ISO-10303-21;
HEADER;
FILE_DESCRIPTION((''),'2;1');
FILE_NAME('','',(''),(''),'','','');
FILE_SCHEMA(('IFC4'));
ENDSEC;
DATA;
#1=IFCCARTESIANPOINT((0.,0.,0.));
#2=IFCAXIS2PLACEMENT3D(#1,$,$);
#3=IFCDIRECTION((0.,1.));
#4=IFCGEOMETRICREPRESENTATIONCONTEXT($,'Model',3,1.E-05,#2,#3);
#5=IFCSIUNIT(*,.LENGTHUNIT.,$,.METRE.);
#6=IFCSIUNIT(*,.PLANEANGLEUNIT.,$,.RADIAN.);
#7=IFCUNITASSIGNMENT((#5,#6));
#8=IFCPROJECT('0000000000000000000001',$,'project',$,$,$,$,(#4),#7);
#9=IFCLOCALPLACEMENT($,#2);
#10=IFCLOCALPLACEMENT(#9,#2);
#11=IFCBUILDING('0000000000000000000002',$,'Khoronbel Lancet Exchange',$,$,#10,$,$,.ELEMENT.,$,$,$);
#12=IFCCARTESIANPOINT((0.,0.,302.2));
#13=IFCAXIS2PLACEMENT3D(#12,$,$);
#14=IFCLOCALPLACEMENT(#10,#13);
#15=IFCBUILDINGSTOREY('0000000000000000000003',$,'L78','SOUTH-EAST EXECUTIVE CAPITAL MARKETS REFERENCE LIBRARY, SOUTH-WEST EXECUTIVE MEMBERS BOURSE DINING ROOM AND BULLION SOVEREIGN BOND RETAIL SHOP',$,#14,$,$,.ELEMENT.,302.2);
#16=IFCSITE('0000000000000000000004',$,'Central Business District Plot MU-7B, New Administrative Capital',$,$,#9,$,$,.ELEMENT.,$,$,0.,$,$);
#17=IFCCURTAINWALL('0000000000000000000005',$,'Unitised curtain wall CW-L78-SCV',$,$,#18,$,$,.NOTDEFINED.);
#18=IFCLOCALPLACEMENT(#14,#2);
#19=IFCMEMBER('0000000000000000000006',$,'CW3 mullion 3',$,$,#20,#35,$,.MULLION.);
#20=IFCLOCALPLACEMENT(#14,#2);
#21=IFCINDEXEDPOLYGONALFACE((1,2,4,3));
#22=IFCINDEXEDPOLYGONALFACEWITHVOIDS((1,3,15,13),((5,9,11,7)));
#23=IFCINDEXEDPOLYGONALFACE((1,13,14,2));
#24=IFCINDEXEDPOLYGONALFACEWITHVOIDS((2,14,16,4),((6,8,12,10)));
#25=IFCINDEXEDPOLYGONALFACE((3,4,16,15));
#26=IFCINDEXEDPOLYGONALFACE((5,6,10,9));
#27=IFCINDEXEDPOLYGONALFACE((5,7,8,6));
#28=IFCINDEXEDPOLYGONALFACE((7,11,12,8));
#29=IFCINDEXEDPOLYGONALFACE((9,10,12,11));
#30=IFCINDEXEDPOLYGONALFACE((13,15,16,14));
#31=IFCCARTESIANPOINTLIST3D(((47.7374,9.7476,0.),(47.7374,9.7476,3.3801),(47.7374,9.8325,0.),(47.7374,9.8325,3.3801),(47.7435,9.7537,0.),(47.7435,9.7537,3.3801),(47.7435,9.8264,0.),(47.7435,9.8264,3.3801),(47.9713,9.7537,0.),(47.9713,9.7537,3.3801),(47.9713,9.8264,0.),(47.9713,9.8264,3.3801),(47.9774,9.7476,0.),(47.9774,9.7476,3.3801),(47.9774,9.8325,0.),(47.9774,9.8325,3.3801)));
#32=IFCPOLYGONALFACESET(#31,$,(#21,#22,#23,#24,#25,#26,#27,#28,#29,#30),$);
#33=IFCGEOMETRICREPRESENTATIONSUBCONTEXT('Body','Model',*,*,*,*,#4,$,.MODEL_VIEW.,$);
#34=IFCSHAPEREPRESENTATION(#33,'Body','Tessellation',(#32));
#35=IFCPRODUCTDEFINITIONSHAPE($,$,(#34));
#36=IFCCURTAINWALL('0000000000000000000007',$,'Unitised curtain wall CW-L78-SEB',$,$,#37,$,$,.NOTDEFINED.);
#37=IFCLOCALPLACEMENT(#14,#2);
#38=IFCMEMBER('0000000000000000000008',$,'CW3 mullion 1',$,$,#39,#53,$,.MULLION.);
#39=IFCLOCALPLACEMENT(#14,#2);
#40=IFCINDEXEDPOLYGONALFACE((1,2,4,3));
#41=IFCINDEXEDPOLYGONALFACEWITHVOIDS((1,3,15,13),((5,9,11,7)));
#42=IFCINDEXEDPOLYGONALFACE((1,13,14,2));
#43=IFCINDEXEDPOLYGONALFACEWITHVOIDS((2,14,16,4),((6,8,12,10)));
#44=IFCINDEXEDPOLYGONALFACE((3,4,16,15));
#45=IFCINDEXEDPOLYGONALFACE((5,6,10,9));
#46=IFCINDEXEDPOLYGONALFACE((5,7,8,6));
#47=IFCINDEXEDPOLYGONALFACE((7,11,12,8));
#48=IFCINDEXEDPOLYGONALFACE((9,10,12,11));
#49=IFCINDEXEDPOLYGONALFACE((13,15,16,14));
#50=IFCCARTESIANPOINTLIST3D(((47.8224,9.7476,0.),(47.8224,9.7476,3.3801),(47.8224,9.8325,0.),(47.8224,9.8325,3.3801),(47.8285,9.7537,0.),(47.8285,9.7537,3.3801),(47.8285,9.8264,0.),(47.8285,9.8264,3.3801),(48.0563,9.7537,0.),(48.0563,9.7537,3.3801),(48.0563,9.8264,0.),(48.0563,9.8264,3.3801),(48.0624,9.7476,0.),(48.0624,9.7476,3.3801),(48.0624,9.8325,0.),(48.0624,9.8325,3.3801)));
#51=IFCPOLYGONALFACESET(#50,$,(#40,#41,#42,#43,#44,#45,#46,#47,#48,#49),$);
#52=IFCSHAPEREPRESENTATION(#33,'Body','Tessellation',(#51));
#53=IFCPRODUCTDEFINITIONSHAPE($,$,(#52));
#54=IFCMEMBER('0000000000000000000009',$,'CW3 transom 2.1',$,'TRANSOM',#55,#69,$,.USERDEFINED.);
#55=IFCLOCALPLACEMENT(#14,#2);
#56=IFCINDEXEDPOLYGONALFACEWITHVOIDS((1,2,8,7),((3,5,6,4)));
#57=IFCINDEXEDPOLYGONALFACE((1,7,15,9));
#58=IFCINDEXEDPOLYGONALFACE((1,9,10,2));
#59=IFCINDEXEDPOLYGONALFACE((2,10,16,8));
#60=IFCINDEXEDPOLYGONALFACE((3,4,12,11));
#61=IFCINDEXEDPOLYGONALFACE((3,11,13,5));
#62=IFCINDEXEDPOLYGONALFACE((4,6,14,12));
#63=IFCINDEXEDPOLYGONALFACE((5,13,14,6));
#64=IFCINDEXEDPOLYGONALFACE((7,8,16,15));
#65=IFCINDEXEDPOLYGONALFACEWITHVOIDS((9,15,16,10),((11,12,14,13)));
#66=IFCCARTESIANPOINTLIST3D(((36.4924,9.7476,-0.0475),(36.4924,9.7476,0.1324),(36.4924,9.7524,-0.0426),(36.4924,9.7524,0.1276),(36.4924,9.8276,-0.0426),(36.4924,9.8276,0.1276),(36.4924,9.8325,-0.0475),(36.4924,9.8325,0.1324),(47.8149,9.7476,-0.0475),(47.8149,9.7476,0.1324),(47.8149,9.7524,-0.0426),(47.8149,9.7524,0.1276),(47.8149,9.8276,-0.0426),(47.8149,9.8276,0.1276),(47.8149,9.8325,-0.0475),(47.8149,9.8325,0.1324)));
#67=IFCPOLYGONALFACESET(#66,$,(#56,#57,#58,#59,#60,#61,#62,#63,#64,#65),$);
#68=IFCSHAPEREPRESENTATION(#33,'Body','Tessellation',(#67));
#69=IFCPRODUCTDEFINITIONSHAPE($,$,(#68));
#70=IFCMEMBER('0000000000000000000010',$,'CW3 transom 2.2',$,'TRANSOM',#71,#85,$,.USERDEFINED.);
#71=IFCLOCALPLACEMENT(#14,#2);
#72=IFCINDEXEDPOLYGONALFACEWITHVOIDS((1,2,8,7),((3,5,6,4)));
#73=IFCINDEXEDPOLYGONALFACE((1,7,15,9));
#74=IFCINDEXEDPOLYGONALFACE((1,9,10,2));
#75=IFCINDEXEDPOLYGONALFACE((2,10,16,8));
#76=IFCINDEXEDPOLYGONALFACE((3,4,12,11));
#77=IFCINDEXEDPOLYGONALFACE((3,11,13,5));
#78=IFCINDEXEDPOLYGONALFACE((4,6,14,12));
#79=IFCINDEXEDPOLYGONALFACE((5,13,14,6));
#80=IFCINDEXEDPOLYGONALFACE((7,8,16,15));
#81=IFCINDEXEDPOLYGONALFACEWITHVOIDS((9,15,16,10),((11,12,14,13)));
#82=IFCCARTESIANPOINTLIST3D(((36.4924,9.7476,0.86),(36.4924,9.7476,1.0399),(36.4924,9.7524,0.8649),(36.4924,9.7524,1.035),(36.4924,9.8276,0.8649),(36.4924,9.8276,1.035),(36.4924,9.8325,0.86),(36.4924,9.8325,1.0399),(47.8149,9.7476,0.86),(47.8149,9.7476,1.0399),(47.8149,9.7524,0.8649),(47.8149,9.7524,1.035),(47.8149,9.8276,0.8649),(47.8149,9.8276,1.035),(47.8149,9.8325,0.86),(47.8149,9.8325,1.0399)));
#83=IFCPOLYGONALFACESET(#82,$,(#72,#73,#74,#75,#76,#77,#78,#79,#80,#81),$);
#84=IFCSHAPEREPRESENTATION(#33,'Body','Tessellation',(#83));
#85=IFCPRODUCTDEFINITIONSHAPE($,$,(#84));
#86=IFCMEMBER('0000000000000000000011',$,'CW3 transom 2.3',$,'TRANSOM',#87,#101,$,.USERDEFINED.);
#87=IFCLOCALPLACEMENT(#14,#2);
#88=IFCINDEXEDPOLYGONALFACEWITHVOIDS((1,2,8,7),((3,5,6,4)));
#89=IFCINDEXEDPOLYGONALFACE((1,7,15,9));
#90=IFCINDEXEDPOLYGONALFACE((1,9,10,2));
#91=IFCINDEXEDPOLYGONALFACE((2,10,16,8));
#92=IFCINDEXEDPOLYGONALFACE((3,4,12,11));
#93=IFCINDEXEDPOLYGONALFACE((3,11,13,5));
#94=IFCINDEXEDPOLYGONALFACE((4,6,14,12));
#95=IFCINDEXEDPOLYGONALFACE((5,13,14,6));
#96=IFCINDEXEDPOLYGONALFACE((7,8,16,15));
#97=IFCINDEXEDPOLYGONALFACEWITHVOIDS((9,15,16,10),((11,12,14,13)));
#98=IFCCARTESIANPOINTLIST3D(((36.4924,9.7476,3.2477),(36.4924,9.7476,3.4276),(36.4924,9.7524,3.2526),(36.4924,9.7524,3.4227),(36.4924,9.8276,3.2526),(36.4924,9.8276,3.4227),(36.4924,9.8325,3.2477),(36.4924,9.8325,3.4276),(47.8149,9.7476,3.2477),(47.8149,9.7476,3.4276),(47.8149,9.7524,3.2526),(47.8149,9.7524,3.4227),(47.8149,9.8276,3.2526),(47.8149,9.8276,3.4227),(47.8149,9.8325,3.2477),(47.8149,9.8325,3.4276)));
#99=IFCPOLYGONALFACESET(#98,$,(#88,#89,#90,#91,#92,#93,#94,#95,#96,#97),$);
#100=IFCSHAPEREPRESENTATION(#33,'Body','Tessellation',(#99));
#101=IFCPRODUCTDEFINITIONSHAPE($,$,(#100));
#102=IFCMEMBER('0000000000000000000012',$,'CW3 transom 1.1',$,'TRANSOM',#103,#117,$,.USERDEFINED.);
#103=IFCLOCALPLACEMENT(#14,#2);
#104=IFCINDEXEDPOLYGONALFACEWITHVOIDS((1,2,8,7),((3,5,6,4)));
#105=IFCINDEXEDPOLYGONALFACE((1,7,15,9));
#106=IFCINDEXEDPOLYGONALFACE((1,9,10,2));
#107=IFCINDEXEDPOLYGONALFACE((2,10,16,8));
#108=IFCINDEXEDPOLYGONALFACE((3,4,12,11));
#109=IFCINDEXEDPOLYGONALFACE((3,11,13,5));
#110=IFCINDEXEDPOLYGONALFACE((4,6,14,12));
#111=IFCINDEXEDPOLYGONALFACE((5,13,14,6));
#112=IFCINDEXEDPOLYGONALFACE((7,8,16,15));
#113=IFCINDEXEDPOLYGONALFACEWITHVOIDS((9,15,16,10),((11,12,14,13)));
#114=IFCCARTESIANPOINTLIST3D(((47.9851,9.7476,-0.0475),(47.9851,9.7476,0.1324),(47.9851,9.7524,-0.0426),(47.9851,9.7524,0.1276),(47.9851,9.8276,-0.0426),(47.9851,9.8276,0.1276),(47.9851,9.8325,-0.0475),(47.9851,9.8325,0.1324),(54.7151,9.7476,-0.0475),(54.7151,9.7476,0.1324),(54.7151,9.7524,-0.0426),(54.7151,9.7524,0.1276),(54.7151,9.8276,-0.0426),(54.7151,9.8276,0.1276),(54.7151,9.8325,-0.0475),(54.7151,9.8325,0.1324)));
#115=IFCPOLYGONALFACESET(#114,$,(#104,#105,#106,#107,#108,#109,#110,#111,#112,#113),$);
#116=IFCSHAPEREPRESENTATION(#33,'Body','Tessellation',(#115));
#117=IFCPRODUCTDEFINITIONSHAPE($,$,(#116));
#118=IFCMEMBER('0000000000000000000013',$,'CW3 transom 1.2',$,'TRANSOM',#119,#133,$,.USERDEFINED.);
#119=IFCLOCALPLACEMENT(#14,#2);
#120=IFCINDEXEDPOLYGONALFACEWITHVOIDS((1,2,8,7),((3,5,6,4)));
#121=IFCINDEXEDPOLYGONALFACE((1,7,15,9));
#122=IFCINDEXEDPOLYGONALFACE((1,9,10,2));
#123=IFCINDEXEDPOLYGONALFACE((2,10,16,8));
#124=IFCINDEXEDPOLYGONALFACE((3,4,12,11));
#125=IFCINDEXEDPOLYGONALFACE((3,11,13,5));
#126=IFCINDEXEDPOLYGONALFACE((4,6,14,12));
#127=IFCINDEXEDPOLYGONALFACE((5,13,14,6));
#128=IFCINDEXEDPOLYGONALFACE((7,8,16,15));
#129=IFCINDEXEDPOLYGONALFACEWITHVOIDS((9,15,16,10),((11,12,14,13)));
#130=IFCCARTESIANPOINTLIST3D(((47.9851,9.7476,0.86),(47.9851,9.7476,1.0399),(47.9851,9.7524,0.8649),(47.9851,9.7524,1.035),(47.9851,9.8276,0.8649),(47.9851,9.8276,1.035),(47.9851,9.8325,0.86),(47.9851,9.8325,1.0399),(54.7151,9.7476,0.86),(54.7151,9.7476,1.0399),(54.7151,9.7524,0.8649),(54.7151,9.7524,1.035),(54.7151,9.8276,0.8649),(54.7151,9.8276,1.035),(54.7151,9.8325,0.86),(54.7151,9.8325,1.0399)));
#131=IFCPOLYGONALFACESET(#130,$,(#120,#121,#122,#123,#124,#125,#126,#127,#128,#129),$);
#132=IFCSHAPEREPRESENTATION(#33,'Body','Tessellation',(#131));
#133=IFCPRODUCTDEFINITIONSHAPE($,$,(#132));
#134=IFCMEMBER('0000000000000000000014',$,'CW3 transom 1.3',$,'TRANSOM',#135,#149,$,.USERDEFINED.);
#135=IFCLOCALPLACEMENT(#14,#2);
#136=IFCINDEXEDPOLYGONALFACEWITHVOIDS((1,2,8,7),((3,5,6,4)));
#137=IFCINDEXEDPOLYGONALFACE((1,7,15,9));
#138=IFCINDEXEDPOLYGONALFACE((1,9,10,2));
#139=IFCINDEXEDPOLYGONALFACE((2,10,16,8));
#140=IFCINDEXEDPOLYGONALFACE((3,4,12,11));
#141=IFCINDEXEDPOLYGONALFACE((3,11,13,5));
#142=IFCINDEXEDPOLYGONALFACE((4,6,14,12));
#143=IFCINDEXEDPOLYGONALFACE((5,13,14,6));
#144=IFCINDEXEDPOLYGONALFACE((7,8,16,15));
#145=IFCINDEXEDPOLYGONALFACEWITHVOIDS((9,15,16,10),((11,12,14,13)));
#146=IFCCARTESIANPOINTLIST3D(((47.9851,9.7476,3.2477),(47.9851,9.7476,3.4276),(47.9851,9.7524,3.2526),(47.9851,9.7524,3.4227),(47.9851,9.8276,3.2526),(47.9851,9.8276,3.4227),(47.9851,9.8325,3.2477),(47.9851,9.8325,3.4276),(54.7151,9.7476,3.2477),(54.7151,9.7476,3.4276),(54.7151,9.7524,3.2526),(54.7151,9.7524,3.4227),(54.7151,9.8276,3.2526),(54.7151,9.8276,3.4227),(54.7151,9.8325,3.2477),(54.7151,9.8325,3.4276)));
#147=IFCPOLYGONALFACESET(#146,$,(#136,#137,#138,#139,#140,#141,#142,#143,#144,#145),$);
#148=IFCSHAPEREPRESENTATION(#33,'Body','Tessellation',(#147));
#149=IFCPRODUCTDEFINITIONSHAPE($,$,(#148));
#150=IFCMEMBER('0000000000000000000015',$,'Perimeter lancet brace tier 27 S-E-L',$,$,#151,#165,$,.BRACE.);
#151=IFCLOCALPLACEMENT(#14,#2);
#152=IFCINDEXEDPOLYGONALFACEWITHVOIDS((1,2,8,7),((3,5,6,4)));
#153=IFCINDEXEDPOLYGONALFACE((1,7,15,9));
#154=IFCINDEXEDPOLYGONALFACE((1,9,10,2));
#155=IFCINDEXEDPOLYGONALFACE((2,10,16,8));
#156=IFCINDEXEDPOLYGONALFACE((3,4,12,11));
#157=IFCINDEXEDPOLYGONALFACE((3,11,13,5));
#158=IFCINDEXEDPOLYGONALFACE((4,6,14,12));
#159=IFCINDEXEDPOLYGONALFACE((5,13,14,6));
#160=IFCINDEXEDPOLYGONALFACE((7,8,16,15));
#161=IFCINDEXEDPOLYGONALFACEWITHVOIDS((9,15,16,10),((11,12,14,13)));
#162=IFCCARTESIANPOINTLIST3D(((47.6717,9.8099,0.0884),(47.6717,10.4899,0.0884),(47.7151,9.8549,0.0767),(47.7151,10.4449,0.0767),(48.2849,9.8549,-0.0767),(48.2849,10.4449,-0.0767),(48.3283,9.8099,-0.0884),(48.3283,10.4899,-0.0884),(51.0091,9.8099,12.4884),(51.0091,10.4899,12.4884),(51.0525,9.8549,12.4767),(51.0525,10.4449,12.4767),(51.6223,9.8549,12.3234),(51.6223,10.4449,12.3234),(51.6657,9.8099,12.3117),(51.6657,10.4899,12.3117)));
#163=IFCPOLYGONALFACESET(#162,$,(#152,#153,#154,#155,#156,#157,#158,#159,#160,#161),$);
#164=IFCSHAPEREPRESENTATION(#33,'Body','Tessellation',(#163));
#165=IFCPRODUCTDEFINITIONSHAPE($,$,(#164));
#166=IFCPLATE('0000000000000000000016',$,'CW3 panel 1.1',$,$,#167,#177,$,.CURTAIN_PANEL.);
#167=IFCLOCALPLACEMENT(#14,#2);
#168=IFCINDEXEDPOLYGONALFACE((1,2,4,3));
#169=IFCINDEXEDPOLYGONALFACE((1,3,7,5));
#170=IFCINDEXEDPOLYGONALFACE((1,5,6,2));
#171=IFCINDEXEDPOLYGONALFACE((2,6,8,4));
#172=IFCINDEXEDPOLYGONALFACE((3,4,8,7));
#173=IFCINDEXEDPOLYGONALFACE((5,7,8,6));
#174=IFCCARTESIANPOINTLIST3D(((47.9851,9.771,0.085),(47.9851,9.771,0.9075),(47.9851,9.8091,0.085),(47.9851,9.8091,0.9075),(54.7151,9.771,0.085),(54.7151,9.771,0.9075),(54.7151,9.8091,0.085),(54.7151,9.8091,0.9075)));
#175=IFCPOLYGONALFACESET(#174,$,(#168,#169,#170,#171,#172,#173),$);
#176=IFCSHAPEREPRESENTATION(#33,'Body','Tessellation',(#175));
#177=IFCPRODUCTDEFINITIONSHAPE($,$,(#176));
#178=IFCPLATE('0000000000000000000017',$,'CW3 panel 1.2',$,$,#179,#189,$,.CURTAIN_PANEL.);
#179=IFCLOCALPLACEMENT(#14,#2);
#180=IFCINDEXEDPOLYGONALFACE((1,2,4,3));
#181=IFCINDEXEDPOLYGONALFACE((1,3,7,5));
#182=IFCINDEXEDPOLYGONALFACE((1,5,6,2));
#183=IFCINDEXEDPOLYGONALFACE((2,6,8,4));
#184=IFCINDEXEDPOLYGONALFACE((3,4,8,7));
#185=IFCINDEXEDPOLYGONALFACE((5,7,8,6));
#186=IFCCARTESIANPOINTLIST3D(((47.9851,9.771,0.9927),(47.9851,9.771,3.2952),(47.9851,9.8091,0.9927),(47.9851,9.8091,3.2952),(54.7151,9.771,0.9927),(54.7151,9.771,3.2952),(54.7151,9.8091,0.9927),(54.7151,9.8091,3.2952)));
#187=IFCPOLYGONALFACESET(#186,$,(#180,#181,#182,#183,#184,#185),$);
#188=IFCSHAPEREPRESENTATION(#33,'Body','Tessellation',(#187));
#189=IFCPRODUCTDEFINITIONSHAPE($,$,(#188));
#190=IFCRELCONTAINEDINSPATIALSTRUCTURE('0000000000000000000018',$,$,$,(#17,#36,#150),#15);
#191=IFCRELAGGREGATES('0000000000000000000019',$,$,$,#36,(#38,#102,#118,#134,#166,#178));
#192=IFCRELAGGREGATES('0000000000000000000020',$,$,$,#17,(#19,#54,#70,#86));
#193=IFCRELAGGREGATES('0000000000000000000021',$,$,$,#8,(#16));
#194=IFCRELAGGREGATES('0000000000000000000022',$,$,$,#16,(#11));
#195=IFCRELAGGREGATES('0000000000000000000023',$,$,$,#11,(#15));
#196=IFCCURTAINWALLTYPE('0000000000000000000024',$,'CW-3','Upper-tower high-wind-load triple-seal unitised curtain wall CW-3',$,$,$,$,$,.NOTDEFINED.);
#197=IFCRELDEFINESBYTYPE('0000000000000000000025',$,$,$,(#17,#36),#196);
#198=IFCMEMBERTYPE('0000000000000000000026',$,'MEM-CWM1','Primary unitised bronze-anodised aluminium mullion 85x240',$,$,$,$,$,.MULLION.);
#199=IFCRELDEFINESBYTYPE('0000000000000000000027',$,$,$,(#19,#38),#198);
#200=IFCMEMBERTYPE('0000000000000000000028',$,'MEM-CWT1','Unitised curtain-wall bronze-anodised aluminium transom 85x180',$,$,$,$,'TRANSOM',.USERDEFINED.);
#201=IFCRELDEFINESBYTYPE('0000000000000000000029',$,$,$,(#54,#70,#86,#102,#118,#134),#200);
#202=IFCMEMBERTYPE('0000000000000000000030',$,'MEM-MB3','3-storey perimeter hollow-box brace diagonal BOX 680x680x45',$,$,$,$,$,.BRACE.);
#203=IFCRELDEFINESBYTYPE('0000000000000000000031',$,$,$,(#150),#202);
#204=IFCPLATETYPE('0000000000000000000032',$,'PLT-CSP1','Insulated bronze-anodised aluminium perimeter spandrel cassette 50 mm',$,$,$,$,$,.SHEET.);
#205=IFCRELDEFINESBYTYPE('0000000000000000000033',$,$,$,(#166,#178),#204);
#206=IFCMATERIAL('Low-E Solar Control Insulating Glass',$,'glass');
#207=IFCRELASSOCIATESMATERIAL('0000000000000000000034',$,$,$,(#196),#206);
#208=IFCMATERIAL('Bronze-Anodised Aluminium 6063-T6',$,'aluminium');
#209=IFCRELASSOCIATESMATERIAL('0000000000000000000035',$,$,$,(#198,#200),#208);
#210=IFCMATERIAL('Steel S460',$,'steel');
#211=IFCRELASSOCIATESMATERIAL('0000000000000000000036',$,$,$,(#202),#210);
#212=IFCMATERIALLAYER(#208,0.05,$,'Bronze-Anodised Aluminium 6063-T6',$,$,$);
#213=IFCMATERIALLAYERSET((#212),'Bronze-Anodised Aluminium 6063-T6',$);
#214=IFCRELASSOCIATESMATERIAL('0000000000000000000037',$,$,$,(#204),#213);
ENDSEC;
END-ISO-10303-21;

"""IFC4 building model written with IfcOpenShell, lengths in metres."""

from ifc_helpers import new_model, si_unit, direction, frame, origin, origin_2d, place, context, subcontext, project, spatial, rectangle, hollow_rectangle, extrude, material, layer, layer_set, material_profile, profile_set, type_object, element, aggregate, save


model = new_model("IFC4")

# Units and contexts
model_context = context("Model", 3, precision=1e-05, world=origin(), true_north=direction((0.0, 1.0)))
body_context = subcontext(model_context, "Body", "Model", "MODEL_VIEW")
ifc_project = project(units=[si_unit("LENGTHUNIT", "METRE"), si_unit("PLANEANGLEUNIT", "RADIAN")], contexts=[model_context])

# Site, building, storey
site_placement = place(None, origin())
site = spatial("IfcSite", under=ifc_project, at=site_placement, Name="Central Business District Plot MU-7B, New Administrative Capital", CompositionType="ELEMENT", RefElevation=0.0)
building_placement = place(site_placement, origin())
building = spatial("IfcBuilding", under=site, at=building_placement, Name="Khoronbel Lancet Exchange", CompositionType="ELEMENT")
storey_placement = place(building_placement, frame((0.0, 0.0, 302.2)))
storey = spatial("IfcBuildingStorey", under=building, at=storey_placement, Name="L78", Description="SOUTH-EAST EXECUTIVE CAPITAL MARKETS REFERENCE LIBRARY, SOUTH-WEST EXECUTIVE MEMBERS BOURSE DINING ROOM AND BULLION SOVEREIGN BOND RETAIL SHOP", CompositionType="ELEMENT", Elevation=302.2)

# Shared definitions
ifc_material_1 = material(Name="Steel S460", Category="steel")

# Curtain wall, member
ifc_material_2 = material(Name="Low-E Solar Control Insulating Glass", Category="glass")
curtain_wall_type = type_object("IfcCurtainWallType", Name="CW-3", Description="Upper-tower high-wind-load triple-seal unitised curtain wall CW-3", PredefinedType="NOTDEFINED", material=ifc_material_2)
curtain_wall_1_placement = place(storey_placement, origin())
curtain_wall_1 = element("IfcCurtainWall", 1, at=curtain_wall_1_placement, inside=storey, type_object=curtain_wall_type, Name="Unitised curtain wall CW-L78-SCV", PredefinedType="NOTDEFINED")
ifc_material_3 = material(Name="Bronze-Anodised Aluminium 6063-T6", Category="aluminium")
ifc_material_profile_1 = material_profile(ifc_material_3, hollow_rectangle(XDim=0.085, YDim=0.24, WallThickness=0.0061, at=origin_2d()), Name="ALU MULLION 85x240")
ifc_profile_set_1 = profile_set([ifc_material_profile_1], Name="Bronze-Anodised Aluminium 6063-T6")
member_type_1 = type_object("IfcMemberType", Name="MEM-CWM1", Description="Primary unitised bronze-anodised aluminium mullion 85x240", PredefinedType="MULLION", material=ifc_profile_set_1)
member_1_placement = place(storey_placement, frame((47.8574, 9.79, 0.0), z_axis=(0.0, 0.0, 1.0), x_axis=(0.0, 1.0, 0.0)))
member_1 = element("IfcMember", 2, at=member_1_placement, type_object=member_type_1, Name="CW3 mullion 3", PredefinedType="MULLION", context=body_context, shape_type="SweptSolid", body=[
    extrude(hollow_rectangle(XDim=0.085, YDim=0.24, WallThickness=0.0061, at=origin_2d()), origin(), (0.0, 0.0, 1.0), 3.3801),
])

# Curtain wall, member
curtain_wall_2_placement = place(storey_placement, origin())
curtain_wall_2 = element("IfcCurtainWall", 3, at=curtain_wall_2_placement, inside=storey, type_object=curtain_wall_type, Name="Unitised curtain wall CW-L78-SEB", PredefinedType="NOTDEFINED")
member_2_placement = place(storey_placement, frame((47.9424, 9.79, 0.0), z_axis=(0.0, 0.0, 1.0), x_axis=(0.0, 1.0, 0.0)))
member_2 = element("IfcMember", 4, at=member_2_placement, type_object=member_type_1, Name="CW3 mullion 1", PredefinedType="MULLION", context=body_context, shape_type="SweptSolid", body=[
    extrude(hollow_rectangle(XDim=0.085, YDim=0.24, WallThickness=0.0061, at=origin_2d()), origin(), (0.0, 0.0, 1.0), 3.3801),
])

# Members
ifc_material_profile_2 = material_profile(ifc_material_3, hollow_rectangle(XDim=0.085, YDim=0.1799, WallThickness=0.0049, at=origin_2d()), Name="ALU TRANSOM 85x180")
ifc_profile_set_2 = profile_set([ifc_material_profile_2], Name="Bronze-Anodised Aluminium 6063-T6")
member_type_2 = type_object("IfcMemberType", Name="MEM-CWT1", Description="Unitised curtain-wall bronze-anodised aluminium transom 85x180", ElementType="TRANSOM", PredefinedType="USERDEFINED", material=ifc_profile_set_2)
member_3_placement = place(storey_placement, frame((36.4924, 9.79, 0.0425), z_axis=(1.0, 0.0, 0.0), x_axis=(0.0, 1.0, 0.0)))
member_3 = element("IfcMember", 5, at=member_3_placement, type_object=member_type_2, Name="CW3 transom 2.1", ObjectType="TRANSOM", PredefinedType="USERDEFINED", context=body_context, shape_type="SweptSolid", body=[
    extrude(hollow_rectangle(XDim=0.085, YDim=0.1799, WallThickness=0.0049, at=origin_2d()), origin(), (0.0, 0.0, 1.0), 11.3225),
])
member_4_placement = place(storey_placement, frame((36.4924, 9.79, 0.95), z_axis=(1.0, 0.0, 0.0), x_axis=(0.0, 1.0, 0.0)))
member_4 = element("IfcMember", 6, at=member_4_placement, type_object=member_type_2, Name="CW3 transom 2.2", ObjectType="TRANSOM", PredefinedType="USERDEFINED", context=body_context, shape_type="SweptSolid", body=[
    extrude(hollow_rectangle(XDim=0.085, YDim=0.1799, WallThickness=0.0049, at=origin_2d()), origin(), (0.0, 0.0, 1.0), 11.3225),
])
member_5_placement = place(storey_placement, frame((36.4924, 9.79, 3.3376), z_axis=(1.0, 0.0, 0.0), x_axis=(0.0, 1.0, 0.0)))
member_5 = element("IfcMember", 7, at=member_5_placement, type_object=member_type_2, Name="CW3 transom 2.3", ObjectType="TRANSOM", PredefinedType="USERDEFINED", context=body_context, shape_type="SweptSolid", body=[
    extrude(hollow_rectangle(XDim=0.085, YDim=0.1799, WallThickness=0.0049, at=origin_2d()), origin(), (0.0, 0.0, 1.0), 11.3225),
])
member_6_placement = place(storey_placement, frame((47.9851, 9.79, 0.0425), z_axis=(1.0, 0.0, 0.0), x_axis=(0.0, 1.0, 0.0)))
member_6 = element("IfcMember", 8, at=member_6_placement, type_object=member_type_2, Name="CW3 transom 1.1", ObjectType="TRANSOM", PredefinedType="USERDEFINED", context=body_context, shape_type="SweptSolid", body=[
    extrude(hollow_rectangle(XDim=0.085, YDim=0.1799, WallThickness=0.0049, at=origin_2d()), origin(), (0.0, 0.0, 1.0), 6.73),
])
member_7_placement = place(storey_placement, frame((47.9851, 9.79, 0.95), z_axis=(1.0, 0.0, 0.0), x_axis=(0.0, 1.0, 0.0)))
member_7 = element("IfcMember", 9, at=member_7_placement, type_object=member_type_2, Name="CW3 transom 1.2", ObjectType="TRANSOM", PredefinedType="USERDEFINED", context=body_context, shape_type="SweptSolid", body=[
    extrude(hollow_rectangle(XDim=0.085, YDim=0.1799, WallThickness=0.0049, at=origin_2d()), origin(), (0.0, 0.0, 1.0), 6.73),
])
member_8_placement = place(storey_placement, frame((47.9851, 9.79, 3.3376), z_axis=(1.0, 0.0, 0.0), x_axis=(0.0, 1.0, 0.0)))
member_8 = element("IfcMember", 10, at=member_8_placement, type_object=member_type_2, Name="CW3 transom 1.3", ObjectType="TRANSOM", PredefinedType="USERDEFINED", context=body_context, shape_type="SweptSolid", body=[
    extrude(hollow_rectangle(XDim=0.085, YDim=0.1799, WallThickness=0.0049, at=origin_2d()), origin(), (0.0, 0.0, 1.0), 6.73),
])
ifc_material_profile_3 = material_profile(ifc_material_1, hollow_rectangle(XDim=0.6799, YDim=0.6799, WallThickness=0.0449, at=origin_2d()), Name="BOX 680x680x45")
ifc_profile_set_3 = profile_set([ifc_material_profile_3], Name="Steel S460")
member_type_3 = type_object("IfcMemberType", Name="MEM-MB3", Description="3-storey perimeter hollow-box brace diagonal BOX 680x680x45", PredefinedType="BRACE", material=ifc_profile_set_3)
member_9_placement = place(storey_placement, frame((48.0, 10.1499, 0.0), z_axis=(0.259894, 0.0, 0.965637), x_axis=(0.0, 1.0, 0.0)))
element("IfcMember", 11, at=member_9_placement, inside=storey, type_object=member_type_3, Name="Perimeter lancet brace tier 27 S-E-L", PredefinedType="BRACE", context=body_context, shape_type="SweptSolid", body=[
    extrude(hollow_rectangle(XDim=0.6799, YDim=0.6799, WallThickness=0.0449, at=origin_2d()), origin(), (0.0, 0.0, 1.0), 12.8413),
])

# Plates
ifc_layer_1 = layer(ifc_material_3, 0.05, Name="Bronze-Anodised Aluminium 6063-T6")
ifc_layer_set_1 = layer_set([ifc_layer_1], Name="Bronze-Anodised Aluminium 6063-T6")
plate_type_1 = type_object("IfcPlateType", Name="PLT-CSP1", Description="Insulated bronze-anodised aluminium perimeter spandrel cassette 50 mm", PredefinedType="SHEET", material=ifc_layer_set_1)
plate_1_placement = place(storey_placement, frame((51.3501, 9.79, 0.085), z_axis=(0.0, 0.0, 1.0), x_axis=(1.0, 0.0, 0.0)))
plate_1 = element("IfcPlate", 12, at=plate_1_placement, type_object=plate_type_1, Name="CW3 panel 1.1", PredefinedType="CURTAIN_PANEL", context=body_context, shape_type="SweptSolid", body=[
    extrude(rectangle(XDim=6.73, YDim=0.0381, at=origin_2d()), origin(), (0.0, 0.0, 1.0), 0.8225),
])
plate_2_placement = place(storey_placement, frame((51.3501, 9.79, 0.9927), z_axis=(0.0, 0.0, 1.0), x_axis=(1.0, 0.0, 0.0)))
plate_2 = element("IfcPlate", 13, at=plate_2_placement, type_object=plate_type_1, Name="CW3 panel 1.2", PredefinedType="CURTAIN_PANEL", context=body_context, shape_type="SweptSolid", body=[
    extrude(rectangle(XDim=6.73, YDim=0.0381, at=origin_2d()), origin(), (0.0, 0.0, 1.0), 2.3025),
])
aggregate(curtain_wall_2, [member_2, member_6, member_7, member_8, plate_1, plate_2])
aggregate(curtain_wall_1, [member_1, member_3, member_4, member_5])

save(model, "model.ifc")
